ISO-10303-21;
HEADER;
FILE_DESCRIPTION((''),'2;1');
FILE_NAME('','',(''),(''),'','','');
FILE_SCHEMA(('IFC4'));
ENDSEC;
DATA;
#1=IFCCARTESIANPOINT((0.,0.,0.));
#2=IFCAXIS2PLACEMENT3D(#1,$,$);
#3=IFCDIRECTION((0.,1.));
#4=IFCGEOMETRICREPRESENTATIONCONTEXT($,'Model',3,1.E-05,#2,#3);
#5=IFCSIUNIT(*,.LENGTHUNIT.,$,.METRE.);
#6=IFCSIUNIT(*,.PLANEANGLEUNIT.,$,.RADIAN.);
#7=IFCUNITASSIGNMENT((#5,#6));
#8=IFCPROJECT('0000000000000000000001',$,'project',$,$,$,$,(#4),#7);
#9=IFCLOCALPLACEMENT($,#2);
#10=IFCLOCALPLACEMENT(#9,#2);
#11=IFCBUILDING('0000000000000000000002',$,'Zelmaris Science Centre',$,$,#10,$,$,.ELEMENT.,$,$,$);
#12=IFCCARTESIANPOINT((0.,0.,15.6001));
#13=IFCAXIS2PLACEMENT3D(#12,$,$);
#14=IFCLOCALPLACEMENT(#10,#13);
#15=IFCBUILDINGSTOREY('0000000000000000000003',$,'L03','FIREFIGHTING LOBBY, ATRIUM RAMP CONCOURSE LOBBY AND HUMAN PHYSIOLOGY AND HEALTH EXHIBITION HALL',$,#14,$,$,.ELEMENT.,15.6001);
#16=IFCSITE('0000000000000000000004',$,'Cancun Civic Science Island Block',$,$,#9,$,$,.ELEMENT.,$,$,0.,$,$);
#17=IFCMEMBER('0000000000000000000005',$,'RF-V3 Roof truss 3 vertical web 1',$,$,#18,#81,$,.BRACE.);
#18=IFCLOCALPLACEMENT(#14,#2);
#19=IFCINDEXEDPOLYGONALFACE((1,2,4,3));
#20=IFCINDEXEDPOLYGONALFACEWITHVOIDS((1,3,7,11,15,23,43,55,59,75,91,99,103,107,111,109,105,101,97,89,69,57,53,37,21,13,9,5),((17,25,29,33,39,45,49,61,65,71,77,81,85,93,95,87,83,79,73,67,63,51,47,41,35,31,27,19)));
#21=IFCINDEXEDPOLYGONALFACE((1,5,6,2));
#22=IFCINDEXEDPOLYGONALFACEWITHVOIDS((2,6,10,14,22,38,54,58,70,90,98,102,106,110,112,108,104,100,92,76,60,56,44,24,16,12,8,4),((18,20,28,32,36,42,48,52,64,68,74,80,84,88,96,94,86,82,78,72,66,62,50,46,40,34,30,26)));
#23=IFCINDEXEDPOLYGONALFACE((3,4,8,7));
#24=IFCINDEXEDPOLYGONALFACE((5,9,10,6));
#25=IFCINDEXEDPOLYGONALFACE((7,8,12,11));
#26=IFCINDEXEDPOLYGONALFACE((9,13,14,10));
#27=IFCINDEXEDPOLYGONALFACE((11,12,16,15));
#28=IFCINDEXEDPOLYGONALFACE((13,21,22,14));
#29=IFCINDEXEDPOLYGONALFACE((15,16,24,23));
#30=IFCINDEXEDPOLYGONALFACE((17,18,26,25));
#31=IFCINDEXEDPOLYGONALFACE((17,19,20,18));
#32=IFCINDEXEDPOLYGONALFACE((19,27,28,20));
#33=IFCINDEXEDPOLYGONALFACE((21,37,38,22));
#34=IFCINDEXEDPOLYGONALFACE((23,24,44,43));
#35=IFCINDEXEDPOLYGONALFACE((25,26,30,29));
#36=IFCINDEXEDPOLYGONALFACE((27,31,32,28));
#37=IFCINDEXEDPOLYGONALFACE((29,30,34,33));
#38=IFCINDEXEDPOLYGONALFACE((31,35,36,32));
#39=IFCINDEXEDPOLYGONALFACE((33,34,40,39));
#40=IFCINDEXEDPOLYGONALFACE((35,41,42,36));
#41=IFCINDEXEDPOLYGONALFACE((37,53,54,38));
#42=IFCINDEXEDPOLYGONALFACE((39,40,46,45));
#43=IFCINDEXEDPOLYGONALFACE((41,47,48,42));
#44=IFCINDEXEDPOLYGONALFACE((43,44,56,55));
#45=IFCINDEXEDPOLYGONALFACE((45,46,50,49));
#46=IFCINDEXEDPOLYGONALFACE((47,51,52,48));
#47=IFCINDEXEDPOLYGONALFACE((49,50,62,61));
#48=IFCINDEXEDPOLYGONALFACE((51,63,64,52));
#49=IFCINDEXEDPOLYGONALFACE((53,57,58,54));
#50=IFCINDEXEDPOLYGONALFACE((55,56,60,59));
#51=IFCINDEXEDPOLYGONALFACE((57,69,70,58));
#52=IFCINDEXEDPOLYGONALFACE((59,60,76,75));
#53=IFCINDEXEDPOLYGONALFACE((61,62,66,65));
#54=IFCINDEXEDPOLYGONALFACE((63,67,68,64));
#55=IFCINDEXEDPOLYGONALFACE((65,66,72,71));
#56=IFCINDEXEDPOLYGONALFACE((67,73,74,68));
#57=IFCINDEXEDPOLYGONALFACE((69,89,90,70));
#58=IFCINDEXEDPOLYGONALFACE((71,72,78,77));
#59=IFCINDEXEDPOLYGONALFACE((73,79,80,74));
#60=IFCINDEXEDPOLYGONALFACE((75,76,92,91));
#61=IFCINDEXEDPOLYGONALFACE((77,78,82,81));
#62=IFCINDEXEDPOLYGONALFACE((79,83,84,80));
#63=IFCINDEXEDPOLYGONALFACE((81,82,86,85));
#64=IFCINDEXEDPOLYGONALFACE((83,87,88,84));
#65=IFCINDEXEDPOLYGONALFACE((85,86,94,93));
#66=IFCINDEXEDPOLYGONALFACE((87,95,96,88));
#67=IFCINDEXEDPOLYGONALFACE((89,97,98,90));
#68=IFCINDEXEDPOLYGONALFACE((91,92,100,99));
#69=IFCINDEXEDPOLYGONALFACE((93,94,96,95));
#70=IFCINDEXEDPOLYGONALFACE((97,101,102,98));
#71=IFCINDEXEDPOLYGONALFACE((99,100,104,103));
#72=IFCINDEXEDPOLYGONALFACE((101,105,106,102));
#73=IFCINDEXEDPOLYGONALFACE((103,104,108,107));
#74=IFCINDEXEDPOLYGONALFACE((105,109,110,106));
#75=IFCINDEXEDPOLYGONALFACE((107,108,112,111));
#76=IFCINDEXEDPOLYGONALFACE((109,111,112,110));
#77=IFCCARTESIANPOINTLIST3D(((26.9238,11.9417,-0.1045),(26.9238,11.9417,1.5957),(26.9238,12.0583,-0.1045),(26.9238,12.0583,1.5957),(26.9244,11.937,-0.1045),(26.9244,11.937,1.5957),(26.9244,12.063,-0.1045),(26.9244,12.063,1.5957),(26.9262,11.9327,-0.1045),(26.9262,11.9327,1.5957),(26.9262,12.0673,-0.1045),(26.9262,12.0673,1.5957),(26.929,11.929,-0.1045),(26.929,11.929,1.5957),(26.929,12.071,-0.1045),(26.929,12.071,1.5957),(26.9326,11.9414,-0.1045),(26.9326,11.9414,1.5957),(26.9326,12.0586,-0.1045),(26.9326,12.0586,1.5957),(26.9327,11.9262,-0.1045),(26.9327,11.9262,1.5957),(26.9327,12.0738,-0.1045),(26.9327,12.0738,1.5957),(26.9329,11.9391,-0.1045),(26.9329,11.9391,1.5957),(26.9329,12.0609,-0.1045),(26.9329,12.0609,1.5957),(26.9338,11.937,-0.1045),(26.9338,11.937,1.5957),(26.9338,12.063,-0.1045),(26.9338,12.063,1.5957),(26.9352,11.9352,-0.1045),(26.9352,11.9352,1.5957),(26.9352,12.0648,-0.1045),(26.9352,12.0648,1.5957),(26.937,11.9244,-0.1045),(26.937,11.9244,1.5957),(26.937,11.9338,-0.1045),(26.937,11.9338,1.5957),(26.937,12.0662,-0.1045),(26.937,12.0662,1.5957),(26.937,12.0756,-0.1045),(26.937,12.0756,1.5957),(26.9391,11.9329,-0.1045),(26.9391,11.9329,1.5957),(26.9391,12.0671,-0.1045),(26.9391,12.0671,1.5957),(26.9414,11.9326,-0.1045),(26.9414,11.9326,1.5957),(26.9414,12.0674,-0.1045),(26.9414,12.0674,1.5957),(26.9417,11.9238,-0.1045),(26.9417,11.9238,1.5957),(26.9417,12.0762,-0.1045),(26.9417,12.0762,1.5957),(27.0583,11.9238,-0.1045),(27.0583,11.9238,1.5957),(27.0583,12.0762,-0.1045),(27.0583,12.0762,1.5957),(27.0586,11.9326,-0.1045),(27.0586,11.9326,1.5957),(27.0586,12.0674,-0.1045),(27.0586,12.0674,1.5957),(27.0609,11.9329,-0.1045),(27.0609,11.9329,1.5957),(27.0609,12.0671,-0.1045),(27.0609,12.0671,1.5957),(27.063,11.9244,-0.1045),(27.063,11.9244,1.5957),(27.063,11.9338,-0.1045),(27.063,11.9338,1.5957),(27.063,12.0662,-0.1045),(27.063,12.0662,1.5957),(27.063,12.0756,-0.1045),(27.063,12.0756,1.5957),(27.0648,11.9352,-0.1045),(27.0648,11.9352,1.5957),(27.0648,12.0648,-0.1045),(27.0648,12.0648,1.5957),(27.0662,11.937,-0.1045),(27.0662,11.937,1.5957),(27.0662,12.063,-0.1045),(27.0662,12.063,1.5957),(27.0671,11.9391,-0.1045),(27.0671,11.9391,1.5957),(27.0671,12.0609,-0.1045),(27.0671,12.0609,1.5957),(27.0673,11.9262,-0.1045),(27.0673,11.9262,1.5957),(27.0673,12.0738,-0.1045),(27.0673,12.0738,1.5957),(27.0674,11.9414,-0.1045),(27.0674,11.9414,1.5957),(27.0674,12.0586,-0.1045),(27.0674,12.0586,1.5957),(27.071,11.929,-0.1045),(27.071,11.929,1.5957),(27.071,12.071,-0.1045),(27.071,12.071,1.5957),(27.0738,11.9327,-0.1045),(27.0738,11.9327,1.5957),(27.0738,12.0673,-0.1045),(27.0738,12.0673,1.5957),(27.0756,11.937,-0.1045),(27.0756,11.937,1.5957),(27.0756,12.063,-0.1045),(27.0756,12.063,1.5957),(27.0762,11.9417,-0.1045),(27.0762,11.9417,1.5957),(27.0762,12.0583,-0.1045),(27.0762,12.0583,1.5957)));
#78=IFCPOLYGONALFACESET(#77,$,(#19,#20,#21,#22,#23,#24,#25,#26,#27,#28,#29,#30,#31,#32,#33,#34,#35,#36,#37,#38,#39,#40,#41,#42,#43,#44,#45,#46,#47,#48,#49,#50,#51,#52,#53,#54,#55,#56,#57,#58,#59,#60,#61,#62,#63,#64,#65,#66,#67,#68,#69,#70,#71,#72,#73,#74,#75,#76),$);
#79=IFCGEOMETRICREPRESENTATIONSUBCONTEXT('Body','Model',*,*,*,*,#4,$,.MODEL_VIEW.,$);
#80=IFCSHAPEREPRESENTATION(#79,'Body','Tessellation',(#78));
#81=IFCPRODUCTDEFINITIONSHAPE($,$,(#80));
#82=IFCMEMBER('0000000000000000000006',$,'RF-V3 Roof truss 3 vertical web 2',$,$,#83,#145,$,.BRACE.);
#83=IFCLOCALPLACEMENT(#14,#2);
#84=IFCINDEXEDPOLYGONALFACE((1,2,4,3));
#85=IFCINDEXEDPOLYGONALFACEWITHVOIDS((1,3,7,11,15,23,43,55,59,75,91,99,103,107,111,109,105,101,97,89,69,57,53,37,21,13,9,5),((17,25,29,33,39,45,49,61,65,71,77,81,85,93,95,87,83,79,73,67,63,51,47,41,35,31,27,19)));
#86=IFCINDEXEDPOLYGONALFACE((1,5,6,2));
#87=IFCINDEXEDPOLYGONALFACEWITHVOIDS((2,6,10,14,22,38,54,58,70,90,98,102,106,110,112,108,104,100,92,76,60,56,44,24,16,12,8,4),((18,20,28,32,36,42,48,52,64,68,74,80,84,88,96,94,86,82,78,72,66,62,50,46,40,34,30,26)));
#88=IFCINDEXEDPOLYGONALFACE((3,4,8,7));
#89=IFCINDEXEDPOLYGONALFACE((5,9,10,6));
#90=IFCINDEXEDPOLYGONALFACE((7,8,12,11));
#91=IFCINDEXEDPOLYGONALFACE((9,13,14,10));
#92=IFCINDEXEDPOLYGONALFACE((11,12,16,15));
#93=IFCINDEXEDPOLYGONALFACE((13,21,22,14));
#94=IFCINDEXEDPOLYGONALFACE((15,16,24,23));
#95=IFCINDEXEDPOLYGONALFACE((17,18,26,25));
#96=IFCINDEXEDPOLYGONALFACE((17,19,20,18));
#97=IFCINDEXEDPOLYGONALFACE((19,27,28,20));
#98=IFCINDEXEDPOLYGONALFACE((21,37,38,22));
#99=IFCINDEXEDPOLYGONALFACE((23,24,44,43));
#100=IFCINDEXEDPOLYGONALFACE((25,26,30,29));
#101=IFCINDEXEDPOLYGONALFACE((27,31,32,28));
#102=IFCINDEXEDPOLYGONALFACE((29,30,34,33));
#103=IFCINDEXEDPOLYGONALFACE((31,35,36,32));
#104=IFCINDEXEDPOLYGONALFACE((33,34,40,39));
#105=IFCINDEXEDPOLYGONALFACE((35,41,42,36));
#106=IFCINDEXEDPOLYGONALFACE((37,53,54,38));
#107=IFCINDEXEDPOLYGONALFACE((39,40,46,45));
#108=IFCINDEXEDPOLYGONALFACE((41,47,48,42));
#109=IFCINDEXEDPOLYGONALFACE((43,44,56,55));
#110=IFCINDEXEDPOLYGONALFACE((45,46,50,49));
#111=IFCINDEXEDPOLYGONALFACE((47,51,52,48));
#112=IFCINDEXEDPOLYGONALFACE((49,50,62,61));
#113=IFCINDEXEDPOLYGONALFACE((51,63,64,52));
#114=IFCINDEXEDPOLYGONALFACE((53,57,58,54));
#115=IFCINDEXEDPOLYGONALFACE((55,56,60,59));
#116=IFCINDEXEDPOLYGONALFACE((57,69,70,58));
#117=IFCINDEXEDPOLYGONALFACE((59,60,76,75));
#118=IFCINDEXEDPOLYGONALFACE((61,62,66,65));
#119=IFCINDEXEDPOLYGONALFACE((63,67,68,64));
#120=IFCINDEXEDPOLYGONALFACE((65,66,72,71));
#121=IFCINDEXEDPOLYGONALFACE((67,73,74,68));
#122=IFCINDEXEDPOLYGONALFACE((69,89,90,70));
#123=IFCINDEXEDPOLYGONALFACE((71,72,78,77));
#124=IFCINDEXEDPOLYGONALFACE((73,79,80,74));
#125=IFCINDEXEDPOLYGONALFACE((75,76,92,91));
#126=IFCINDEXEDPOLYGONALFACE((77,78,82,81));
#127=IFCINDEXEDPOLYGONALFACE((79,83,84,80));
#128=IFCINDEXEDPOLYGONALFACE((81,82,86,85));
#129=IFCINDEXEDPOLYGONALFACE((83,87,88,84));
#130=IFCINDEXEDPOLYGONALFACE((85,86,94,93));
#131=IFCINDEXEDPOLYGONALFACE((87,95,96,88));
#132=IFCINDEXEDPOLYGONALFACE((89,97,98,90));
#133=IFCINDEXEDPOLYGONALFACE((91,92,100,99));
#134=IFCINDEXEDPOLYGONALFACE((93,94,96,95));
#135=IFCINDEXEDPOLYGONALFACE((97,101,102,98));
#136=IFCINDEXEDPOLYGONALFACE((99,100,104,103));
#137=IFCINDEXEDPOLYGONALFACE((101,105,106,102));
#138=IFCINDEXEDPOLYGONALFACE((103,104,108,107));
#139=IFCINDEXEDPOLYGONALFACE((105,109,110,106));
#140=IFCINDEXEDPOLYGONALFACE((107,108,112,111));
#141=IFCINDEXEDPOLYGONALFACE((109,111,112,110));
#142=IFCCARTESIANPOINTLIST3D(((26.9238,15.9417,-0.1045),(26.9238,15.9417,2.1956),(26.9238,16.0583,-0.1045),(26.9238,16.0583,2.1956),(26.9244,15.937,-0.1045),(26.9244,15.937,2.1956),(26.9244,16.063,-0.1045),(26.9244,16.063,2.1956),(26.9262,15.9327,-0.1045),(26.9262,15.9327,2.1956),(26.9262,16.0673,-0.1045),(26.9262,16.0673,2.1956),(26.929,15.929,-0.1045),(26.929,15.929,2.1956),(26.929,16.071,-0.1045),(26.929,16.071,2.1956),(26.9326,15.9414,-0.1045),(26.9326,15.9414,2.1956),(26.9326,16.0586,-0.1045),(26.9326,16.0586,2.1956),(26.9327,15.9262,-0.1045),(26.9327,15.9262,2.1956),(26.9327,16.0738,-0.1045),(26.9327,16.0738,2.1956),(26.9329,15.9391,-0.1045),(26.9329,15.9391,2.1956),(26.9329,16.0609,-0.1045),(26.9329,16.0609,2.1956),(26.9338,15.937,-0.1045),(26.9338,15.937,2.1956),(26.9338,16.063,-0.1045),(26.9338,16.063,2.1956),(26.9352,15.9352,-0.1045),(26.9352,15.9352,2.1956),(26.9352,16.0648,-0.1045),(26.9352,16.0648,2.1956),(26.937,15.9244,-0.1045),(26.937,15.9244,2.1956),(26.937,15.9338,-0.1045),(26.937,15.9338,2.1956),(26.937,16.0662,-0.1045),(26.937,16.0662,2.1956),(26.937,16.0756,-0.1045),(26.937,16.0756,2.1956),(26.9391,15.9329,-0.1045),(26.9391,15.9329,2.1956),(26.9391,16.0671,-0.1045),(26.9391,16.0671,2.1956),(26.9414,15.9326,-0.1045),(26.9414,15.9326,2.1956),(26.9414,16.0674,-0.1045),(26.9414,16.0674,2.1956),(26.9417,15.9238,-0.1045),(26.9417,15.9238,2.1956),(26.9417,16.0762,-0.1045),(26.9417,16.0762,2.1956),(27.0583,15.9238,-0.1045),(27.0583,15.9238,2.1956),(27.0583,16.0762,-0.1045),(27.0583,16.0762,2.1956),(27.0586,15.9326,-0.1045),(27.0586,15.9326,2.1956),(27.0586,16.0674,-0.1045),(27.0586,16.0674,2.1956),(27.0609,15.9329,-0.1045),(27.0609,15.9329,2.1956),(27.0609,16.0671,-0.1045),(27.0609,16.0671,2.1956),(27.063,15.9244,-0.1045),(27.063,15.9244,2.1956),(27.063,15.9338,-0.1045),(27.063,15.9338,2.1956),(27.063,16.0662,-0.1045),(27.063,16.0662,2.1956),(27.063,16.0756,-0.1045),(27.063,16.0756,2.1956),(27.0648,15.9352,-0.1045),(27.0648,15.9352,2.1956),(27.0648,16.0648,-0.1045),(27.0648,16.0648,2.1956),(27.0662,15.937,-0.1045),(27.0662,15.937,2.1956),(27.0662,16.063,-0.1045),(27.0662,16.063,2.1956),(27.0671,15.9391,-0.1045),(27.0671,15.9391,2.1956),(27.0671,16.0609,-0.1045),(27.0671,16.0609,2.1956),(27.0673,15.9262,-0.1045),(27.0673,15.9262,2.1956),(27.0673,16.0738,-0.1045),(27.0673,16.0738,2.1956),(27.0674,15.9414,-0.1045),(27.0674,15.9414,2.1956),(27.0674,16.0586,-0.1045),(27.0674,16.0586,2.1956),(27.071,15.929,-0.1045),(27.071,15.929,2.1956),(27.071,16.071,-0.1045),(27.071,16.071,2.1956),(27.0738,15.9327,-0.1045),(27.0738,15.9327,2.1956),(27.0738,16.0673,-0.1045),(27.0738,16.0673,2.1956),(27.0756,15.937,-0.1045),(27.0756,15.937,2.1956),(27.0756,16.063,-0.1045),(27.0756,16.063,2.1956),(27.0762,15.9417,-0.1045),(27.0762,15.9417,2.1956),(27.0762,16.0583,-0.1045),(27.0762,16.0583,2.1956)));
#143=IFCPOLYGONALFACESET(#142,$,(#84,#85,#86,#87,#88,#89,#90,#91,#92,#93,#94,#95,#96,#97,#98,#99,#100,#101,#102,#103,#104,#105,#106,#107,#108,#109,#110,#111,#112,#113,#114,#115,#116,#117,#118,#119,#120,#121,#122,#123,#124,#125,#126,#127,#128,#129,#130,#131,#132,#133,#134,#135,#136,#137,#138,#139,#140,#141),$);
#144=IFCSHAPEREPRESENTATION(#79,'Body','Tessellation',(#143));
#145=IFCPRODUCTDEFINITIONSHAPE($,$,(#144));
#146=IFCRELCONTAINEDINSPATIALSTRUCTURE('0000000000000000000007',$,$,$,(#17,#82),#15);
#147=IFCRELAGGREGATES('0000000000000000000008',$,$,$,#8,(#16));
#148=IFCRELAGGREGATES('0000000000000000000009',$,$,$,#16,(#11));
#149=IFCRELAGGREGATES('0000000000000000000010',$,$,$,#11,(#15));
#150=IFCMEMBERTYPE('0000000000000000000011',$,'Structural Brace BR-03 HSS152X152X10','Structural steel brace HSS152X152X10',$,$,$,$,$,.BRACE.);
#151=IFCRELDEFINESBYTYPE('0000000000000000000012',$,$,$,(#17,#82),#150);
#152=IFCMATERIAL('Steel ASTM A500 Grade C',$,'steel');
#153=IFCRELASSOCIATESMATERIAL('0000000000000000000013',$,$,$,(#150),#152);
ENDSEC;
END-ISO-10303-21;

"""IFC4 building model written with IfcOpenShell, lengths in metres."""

from ifc_helpers import new_model, si_unit, direction, frame, origin, origin_2d, place, context, subcontext, project, spatial, hollow_rectangle, extrude, material, material_profile, profile_set, type_object, element, save


model = new_model("IFC4")

# Units and contexts
model_context = context("Model", 3, precision=1e-05, world=origin(), true_north=direction((0.0, 1.0)))
body_context = subcontext(model_context, "Body", "Model", "MODEL_VIEW")
ifc_project = project(units=[si_unit("LENGTHUNIT", "METRE"), si_unit("PLANEANGLEUNIT", "RADIAN")], contexts=[model_context])

# Site, building, storey
site_placement = place(None, origin())
site = spatial("IfcSite", under=ifc_project, at=site_placement, Name="Cancun Civic Science Island Block", CompositionType="ELEMENT", RefElevation=0.0)
building_placement = place(site_placement, origin())
building = spatial("IfcBuilding", under=site, at=building_placement, Name="Zelmaris Science Centre", CompositionType="ELEMENT")
storey_placement = place(building_placement, frame((0.0, 0.0, 15.6001)))
storey = spatial("IfcBuildingStorey", under=building, at=storey_placement, Name="L03", Description="FIREFIGHTING LOBBY, ATRIUM RAMP CONCOURSE LOBBY AND HUMAN PHYSIOLOGY AND HEALTH EXHIBITION HALL", CompositionType="ELEMENT", Elevation=15.6001)

# Shared definitions
ifc_material = material(Name="Steel ASTM A500 Grade C", Category="steel")

# Members
ifc_material_profile_1 = material_profile(ifc_material, hollow_rectangle(XDim=0.1523, YDim=0.1523, WallThickness=0.0088, InnerFilletRadius=0.0088, OuterFilletRadius=0.0178, at=origin_2d()), Name="HSS152X152X10")
ifc_profile_set_1 = profile_set([ifc_material_profile_1], Name="Steel ASTM A500 Grade C")
member_type_1 = type_object("IfcMemberType", Name="Structural Brace BR-03 HSS152X152X10", Description="Structural steel brace HSS152X152X10", PredefinedType="BRACE", material=ifc_profile_set_1)
member_1_placement = place(storey_placement, frame((27.0, 12.0, -0.1045), z_axis=(0.0, 0.0, 1.0), x_axis=(1.0, 0.0, 0.0)))
element("IfcMember", 1, at=member_1_placement, inside=storey, type_object=member_type_1, Name="RF-V3 Roof truss 3 vertical web 1", PredefinedType="BRACE", context=body_context, shape_type="SweptSolid", body=[
    extrude(hollow_rectangle(XDim=0.1523, YDim=0.1523, WallThickness=0.0088, InnerFilletRadius=0.0088, OuterFilletRadius=0.0178, at=origin_2d()), origin(), (0.0, 0.0, 1.0), 1.7002),
])
member_2_placement = place(storey_placement, frame((27.0, 16.0, -0.1045), z_axis=(0.0, 0.0, 1.0), x_axis=(1.0, 0.0, 0.0)))
element("IfcMember", 2, at=member_2_placement, inside=storey, type_object=member_type_1, Name="RF-V3 Roof truss 3 vertical web 2", PredefinedType="BRACE", context=body_context, shape_type="SweptSolid", body=[
    extrude(hollow_rectangle(XDim=0.1523, YDim=0.1523, WallThickness=0.0088, InnerFilletRadius=0.0088, OuterFilletRadius=0.0178, at=origin_2d()), origin(), (0.0, 0.0, 1.0), 2.3),
])

save(model, "model.ifc")
